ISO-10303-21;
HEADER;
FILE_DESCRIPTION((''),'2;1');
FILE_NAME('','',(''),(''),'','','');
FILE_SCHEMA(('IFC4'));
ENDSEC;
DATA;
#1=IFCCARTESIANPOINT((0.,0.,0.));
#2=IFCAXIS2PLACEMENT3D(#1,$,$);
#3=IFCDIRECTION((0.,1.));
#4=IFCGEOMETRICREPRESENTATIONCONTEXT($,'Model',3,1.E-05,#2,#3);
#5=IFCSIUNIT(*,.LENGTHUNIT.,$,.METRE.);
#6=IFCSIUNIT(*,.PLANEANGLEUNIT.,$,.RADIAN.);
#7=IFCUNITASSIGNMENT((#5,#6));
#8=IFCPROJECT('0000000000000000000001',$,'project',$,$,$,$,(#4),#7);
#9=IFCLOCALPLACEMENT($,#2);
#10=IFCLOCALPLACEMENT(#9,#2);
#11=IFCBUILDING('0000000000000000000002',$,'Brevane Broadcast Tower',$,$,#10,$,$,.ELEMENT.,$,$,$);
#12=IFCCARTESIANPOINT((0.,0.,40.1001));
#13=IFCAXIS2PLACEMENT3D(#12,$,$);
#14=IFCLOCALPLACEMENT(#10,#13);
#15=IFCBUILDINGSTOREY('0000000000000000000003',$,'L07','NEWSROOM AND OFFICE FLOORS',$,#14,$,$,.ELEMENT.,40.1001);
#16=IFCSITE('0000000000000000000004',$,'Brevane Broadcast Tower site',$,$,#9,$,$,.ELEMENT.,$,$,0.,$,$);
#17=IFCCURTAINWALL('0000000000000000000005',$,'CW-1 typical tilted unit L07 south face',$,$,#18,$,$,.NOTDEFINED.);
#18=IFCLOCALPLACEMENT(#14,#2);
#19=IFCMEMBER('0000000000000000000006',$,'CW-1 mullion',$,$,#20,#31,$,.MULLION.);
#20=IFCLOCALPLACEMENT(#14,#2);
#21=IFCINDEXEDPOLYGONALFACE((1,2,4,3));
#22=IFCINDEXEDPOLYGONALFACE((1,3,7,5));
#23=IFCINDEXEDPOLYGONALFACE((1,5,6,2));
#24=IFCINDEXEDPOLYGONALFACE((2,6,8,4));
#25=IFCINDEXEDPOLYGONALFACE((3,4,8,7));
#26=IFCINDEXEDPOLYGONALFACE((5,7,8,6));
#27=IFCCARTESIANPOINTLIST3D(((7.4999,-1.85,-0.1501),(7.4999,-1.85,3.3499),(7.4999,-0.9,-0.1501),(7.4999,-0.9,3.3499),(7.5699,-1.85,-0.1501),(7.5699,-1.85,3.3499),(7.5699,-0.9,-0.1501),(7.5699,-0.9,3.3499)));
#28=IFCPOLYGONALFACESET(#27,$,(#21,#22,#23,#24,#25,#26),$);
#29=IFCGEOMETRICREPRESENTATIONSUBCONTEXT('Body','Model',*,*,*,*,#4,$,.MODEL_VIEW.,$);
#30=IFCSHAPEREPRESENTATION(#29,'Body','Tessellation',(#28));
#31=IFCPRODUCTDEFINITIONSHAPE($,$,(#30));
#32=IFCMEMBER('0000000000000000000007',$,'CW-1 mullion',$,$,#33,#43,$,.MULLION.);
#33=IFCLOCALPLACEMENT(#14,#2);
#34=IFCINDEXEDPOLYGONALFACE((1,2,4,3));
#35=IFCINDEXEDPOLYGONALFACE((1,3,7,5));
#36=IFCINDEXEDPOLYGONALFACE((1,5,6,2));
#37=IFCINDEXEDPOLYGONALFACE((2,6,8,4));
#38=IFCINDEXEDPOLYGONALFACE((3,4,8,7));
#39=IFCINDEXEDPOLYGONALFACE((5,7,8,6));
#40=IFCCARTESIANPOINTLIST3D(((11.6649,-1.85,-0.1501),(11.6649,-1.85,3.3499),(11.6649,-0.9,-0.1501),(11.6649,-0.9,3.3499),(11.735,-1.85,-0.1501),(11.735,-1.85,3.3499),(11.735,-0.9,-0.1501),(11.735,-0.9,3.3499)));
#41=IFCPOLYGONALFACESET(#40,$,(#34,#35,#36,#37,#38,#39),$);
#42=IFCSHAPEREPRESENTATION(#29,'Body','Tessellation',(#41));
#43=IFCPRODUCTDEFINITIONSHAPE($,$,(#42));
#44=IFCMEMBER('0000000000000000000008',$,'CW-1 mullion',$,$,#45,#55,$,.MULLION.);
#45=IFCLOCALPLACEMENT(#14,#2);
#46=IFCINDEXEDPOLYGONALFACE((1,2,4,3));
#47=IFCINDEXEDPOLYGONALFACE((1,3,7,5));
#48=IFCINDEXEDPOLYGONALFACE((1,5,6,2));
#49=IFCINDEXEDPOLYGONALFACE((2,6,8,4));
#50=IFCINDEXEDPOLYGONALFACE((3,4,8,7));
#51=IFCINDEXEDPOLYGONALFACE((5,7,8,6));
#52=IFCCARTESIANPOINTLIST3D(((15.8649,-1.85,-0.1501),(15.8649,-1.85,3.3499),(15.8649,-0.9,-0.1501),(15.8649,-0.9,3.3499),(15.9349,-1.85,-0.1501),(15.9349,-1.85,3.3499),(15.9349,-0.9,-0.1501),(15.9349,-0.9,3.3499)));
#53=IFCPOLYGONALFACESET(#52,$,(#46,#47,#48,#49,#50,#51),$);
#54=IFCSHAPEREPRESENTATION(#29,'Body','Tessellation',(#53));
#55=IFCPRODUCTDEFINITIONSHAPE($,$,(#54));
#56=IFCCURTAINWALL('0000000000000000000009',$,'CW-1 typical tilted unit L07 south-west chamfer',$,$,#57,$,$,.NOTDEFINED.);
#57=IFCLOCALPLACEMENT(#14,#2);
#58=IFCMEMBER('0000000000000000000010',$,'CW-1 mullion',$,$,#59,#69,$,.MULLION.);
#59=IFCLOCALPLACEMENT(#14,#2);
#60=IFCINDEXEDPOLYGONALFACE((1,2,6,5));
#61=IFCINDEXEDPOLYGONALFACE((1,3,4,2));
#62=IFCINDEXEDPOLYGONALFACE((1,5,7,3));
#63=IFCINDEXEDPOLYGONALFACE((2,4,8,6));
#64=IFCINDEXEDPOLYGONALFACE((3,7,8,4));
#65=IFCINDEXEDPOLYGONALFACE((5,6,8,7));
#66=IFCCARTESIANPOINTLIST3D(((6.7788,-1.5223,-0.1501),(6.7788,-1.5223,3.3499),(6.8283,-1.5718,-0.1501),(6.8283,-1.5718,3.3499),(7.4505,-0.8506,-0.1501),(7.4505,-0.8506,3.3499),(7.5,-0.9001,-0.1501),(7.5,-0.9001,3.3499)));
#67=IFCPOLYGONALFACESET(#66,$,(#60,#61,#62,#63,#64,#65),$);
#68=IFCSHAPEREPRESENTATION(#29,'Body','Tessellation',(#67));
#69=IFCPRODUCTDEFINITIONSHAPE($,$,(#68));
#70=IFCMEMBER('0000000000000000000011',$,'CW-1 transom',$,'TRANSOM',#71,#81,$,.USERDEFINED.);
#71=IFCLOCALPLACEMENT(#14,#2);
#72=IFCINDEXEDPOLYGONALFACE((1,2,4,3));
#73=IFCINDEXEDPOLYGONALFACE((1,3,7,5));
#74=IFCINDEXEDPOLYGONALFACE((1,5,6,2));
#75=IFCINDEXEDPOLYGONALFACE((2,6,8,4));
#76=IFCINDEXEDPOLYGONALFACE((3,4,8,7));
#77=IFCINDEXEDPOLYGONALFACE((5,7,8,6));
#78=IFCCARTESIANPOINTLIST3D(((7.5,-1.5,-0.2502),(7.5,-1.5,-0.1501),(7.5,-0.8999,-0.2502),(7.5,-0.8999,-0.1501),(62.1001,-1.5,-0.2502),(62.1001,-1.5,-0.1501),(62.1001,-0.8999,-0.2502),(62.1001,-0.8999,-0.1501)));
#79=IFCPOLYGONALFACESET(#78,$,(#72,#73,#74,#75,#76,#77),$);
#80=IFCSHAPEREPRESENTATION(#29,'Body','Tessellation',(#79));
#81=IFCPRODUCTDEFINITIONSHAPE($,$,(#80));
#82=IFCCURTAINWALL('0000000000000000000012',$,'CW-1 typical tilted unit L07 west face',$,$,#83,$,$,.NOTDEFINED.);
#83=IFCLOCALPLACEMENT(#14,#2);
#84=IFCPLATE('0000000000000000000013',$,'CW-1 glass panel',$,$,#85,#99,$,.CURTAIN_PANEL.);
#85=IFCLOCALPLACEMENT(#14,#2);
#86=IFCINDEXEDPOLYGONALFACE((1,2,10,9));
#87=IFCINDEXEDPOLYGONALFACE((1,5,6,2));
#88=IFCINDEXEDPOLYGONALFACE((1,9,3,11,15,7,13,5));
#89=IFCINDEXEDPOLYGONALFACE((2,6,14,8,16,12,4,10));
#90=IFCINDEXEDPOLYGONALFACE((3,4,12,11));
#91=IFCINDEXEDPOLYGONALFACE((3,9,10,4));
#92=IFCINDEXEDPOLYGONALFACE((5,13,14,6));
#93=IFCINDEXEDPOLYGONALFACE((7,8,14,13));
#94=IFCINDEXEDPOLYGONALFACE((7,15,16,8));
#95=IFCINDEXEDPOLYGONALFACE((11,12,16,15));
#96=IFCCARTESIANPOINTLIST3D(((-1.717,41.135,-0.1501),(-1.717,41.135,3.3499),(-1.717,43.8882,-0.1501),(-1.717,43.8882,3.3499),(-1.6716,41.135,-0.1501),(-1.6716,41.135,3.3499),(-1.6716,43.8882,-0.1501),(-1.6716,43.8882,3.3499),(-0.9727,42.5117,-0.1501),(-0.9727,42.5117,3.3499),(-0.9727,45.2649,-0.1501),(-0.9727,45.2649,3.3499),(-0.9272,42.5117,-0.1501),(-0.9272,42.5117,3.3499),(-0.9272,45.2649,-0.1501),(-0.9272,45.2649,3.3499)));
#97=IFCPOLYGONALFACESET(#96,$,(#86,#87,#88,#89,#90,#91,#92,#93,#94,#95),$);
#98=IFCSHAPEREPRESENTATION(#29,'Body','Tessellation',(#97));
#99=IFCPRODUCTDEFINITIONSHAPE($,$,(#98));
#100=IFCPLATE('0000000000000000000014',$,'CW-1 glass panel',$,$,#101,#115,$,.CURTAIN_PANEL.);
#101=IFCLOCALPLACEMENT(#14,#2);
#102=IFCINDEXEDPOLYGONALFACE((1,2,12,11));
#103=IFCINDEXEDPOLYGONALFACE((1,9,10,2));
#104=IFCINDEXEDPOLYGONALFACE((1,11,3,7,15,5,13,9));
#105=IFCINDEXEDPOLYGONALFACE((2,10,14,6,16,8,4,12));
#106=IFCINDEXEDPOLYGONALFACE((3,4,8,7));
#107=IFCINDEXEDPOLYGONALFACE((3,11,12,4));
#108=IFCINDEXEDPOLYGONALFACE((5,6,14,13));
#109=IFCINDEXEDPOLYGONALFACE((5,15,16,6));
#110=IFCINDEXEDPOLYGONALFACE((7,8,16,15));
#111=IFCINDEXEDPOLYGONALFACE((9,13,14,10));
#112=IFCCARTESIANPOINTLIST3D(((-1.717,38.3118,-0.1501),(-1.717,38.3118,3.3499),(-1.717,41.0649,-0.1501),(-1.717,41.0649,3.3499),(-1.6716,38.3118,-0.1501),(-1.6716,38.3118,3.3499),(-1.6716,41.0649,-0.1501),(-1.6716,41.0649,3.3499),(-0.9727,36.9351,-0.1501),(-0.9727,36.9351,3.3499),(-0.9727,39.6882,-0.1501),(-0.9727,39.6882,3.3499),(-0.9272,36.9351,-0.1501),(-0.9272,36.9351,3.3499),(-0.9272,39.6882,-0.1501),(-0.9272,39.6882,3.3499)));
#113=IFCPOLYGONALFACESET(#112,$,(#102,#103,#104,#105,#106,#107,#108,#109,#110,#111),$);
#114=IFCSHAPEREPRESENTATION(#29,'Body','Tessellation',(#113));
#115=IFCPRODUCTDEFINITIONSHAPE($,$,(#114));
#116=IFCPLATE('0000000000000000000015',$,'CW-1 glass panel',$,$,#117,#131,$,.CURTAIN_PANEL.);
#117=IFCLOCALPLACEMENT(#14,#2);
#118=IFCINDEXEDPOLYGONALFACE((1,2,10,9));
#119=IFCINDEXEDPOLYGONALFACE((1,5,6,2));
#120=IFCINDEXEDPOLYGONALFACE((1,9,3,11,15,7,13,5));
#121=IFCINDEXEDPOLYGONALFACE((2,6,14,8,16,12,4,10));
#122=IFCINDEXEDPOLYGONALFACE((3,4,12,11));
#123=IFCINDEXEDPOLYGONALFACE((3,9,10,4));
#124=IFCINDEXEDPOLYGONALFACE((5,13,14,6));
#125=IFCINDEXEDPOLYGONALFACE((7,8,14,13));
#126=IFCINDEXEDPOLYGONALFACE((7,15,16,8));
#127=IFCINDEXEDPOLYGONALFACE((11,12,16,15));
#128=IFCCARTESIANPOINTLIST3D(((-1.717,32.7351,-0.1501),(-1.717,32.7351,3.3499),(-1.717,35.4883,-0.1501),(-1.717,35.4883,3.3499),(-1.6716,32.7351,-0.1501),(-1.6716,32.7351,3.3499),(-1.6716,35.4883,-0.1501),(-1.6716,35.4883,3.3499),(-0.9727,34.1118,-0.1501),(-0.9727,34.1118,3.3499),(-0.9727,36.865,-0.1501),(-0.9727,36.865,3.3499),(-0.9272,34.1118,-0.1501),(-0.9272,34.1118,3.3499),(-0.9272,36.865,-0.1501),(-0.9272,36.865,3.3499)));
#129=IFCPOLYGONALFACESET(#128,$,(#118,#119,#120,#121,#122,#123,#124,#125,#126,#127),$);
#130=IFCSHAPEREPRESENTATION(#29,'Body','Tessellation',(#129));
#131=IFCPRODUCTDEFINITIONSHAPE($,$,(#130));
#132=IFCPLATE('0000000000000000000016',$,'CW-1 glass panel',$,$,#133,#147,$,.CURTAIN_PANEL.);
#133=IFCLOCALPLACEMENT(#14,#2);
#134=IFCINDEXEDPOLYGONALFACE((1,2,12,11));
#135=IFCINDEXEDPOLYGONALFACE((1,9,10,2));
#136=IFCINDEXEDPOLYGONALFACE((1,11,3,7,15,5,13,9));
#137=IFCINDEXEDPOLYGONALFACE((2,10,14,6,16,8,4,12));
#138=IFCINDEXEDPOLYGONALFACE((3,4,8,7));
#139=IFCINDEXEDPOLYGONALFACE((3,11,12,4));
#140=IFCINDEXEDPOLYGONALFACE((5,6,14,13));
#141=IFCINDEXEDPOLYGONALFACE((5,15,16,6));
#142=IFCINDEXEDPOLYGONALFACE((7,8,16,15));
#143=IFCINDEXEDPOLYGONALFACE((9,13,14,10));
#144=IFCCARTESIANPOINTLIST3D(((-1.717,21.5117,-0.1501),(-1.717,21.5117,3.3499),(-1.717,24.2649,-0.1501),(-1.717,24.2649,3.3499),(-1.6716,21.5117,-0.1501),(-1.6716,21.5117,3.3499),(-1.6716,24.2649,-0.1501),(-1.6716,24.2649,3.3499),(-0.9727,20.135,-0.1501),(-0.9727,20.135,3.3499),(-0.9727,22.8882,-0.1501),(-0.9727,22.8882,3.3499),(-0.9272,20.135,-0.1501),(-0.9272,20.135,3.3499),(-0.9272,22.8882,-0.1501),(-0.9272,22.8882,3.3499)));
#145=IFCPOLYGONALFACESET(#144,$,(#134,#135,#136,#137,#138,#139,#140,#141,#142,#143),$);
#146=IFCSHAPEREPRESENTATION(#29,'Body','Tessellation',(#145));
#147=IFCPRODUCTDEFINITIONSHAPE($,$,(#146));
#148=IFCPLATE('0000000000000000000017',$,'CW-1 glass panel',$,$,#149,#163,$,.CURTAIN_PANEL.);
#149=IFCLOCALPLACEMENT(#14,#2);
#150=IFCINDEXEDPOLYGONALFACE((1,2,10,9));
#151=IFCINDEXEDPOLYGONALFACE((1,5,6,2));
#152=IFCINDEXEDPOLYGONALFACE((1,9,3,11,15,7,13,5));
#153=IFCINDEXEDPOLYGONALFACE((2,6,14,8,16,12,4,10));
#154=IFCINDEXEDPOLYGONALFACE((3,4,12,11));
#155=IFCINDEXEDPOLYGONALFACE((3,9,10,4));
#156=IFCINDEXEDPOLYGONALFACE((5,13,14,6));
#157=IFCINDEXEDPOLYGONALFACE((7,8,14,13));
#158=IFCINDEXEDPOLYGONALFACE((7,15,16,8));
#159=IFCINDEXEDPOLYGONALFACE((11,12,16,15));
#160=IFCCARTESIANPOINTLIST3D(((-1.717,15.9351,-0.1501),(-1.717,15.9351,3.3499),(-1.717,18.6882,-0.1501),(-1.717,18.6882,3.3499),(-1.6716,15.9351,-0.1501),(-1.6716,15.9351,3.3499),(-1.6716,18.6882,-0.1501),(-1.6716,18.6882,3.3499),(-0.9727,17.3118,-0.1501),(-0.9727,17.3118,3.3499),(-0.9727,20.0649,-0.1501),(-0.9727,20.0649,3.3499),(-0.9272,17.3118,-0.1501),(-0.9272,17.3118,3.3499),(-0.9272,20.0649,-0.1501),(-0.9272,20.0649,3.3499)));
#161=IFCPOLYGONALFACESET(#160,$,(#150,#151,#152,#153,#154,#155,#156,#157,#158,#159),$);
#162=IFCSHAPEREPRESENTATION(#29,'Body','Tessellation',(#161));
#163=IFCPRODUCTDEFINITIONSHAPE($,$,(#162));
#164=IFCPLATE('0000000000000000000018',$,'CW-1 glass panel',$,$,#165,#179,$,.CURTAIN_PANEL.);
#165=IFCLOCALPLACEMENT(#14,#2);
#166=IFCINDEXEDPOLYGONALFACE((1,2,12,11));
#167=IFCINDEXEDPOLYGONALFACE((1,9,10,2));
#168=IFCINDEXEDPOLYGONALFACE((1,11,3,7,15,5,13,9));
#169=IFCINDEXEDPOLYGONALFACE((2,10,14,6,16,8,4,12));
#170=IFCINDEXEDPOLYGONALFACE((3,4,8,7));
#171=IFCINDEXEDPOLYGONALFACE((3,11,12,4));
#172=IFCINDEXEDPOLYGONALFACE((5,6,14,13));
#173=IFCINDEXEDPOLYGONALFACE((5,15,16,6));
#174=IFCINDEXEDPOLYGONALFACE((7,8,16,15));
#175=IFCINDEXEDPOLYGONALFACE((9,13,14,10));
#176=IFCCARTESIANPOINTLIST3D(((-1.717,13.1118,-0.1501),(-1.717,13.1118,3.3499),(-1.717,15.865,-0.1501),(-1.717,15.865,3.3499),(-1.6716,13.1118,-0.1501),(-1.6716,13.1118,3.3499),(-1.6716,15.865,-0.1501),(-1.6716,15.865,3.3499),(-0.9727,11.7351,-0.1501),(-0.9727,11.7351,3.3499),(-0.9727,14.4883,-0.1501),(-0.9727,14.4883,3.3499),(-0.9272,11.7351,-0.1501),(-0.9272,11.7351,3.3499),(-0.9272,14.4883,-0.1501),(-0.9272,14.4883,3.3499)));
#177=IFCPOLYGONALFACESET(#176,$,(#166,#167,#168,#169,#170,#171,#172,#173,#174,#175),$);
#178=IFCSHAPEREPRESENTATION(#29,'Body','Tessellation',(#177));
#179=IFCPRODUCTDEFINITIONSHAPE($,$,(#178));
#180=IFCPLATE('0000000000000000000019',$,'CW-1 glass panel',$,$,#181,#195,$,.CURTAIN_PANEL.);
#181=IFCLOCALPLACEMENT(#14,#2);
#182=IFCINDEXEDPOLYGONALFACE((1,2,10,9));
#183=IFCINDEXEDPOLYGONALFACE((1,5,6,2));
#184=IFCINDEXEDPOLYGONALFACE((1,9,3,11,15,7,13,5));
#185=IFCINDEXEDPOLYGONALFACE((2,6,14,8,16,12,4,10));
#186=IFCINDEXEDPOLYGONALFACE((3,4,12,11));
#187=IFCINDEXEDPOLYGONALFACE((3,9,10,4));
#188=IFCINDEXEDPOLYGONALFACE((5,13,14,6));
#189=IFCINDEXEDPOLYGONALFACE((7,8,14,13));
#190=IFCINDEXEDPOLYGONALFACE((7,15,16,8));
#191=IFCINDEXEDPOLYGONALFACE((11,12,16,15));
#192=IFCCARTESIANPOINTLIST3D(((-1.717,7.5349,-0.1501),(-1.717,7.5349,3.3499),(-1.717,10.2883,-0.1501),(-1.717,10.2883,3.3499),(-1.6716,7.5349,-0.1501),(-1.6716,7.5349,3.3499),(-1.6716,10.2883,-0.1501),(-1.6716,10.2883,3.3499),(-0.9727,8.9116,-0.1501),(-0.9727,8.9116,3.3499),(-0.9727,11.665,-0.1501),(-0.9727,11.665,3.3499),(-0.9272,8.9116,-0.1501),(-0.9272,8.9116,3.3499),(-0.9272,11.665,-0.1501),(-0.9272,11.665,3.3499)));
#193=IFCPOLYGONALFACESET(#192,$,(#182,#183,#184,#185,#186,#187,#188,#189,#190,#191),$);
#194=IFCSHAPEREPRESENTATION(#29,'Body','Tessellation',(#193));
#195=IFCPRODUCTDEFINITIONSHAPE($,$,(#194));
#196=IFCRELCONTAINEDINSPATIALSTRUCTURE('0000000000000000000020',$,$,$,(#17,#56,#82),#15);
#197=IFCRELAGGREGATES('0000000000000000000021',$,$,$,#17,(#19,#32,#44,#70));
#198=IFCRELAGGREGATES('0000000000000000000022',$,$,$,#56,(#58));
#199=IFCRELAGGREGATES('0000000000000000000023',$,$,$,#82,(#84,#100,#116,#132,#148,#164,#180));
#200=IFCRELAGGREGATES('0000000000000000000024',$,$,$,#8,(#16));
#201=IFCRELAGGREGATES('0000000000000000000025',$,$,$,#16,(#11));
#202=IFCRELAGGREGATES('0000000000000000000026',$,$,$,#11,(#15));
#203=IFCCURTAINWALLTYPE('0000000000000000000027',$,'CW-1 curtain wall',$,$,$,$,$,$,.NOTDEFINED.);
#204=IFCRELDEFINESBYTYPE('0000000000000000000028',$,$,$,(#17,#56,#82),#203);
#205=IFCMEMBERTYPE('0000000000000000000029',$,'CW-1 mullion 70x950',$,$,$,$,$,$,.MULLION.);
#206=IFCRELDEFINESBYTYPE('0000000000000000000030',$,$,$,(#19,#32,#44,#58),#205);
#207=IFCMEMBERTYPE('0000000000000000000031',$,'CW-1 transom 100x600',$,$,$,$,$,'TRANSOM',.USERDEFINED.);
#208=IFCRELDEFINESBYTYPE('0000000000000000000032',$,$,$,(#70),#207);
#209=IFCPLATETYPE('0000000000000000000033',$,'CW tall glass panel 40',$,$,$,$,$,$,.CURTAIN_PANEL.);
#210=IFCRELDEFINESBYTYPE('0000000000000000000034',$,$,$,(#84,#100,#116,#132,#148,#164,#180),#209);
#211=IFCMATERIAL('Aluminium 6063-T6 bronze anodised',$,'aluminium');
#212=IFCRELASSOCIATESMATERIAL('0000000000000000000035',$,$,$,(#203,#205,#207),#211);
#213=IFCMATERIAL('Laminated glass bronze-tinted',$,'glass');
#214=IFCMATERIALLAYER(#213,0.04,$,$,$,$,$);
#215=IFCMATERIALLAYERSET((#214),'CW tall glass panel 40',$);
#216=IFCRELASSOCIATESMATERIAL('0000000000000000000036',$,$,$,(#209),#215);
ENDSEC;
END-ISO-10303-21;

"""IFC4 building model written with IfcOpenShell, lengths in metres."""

from ifc_helpers import new_model, si_unit, direction, frame, origin, origin_2d, place, context, subcontext, project, spatial, polyline, rectangle, outline, extrude, material, layer, layer_set, material_profile, profile_set, type_object, element, aggregate, save


model = new_model("IFC4")

# Units and contexts
model_context = context("Model", 3, precision=1e-05, world=origin(), true_north=direction((0.0, 1.0)))
body_context = subcontext(model_context, "Body", "Model", "MODEL_VIEW")
ifc_project = project(units=[si_unit("LENGTHUNIT", "METRE"), si_unit("PLANEANGLEUNIT", "RADIAN")], contexts=[model_context])

# Site, building, storey
site_placement = place(None, origin())
site = spatial("IfcSite", under=ifc_project, at=site_placement, Name="Brevane Broadcast Tower site", CompositionType="ELEMENT", RefElevation=0.0)
building_placement = place(site_placement, origin())
building = spatial("IfcBuilding", under=site, at=building_placement, Name="Brevane Broadcast Tower", CompositionType="ELEMENT")
storey_placement = place(building_placement, frame((0.0, 0.0, 40.1001)))
storey = spatial("IfcBuildingStorey", under=building, at=storey_placement, Name="L07", Description="NEWSROOM AND OFFICE FLOORS", CompositionType="ELEMENT", Elevation=40.1001)

# Curtain wall, members
ifc_material_1 = material(Name="Aluminium 6063-T6 bronze anodised", Category="aluminium")
curtain_wall_type = type_object("IfcCurtainWallType", Name="CW-1 curtain wall", PredefinedType="NOTDEFINED", material=ifc_material_1)
curtain_wall_1_placement = place(storey_placement, origin())
curtain_wall_1 = element("IfcCurtainWall", 1, at=curtain_wall_1_placement, inside=storey, type_object=curtain_wall_type, Name="CW-1 typical tilted unit L07 south face", PredefinedType="NOTDEFINED")
ifc_material_profile_1 = material_profile(ifc_material_1, rectangle(XDim=0.95, YDim=0.0701, at=origin_2d()), Name="RECT 70x950")
ifc_profile_set_1 = profile_set([ifc_material_profile_1], Name="Aluminium 6063-T6 bronze anodised")
member_type_1 = type_object("IfcMemberType", Name="CW-1 mullion 70x950", PredefinedType="MULLION", material=ifc_profile_set_1)
member_1_placement = place(storey_placement, frame((7.5349, -1.375, -0.1501), z_axis=(0.0, 0.0, 1.0), x_axis=(0.0, 1.0, 0.0)))
member_1 = element("IfcMember", 2, at=member_1_placement, type_object=member_type_1, Name="CW-1 mullion", PredefinedType="MULLION", context=body_context, shape_type="SweptSolid", body=[
    extrude(rectangle(XDim=0.95, YDim=0.0701, at=origin_2d()), origin(), (0.0, 0.0, 1.0), 3.5),
])
member_2_placement = place(storey_placement, frame((11.7, -1.375, -0.1501), z_axis=(0.0, 0.0, 1.0), x_axis=(0.0, 1.0, 0.0)))
member_2 = element("IfcMember", 3, at=member_2_placement, type_object=member_type_1, Name="CW-1 mullion", PredefinedType="MULLION", context=body_context, shape_type="SweptSolid", body=[
    extrude(rectangle(XDim=0.95, YDim=0.0701, at=origin_2d()), origin(), (0.0, 0.0, 1.0), 3.5),
])
member_3_placement = place(storey_placement, frame((15.8999, -1.375, -0.1501), z_axis=(0.0, 0.0, 1.0), x_axis=(0.0, 1.0, 0.0)))
member_3 = element("IfcMember", 4, at=member_3_placement, type_object=member_type_1, Name="CW-1 mullion", PredefinedType="MULLION", context=body_context, shape_type="SweptSolid", body=[
    extrude(rectangle(XDim=0.95, YDim=0.0701, at=origin_2d()), origin(), (0.0, 0.0, 1.0), 3.5),
])

# Curtain wall, member
curtain_wall_2_placement = place(storey_placement, origin())
curtain_wall_2 = element("IfcCurtainWall", 5, at=curtain_wall_2_placement, inside=storey, type_object=curtain_wall_type, Name="CW-1 typical tilted unit L07 south-west chamfer", PredefinedType="NOTDEFINED")
member_4_placement = place(storey_placement, frame((7.1394, -1.2112, -0.1501), z_axis=(0.0, 0.0, 1.0), x_axis=(0.707107, 0.707107, 0.0)))
member_4 = element("IfcMember", 6, at=member_4_placement, type_object=member_type_1, Name="CW-1 mullion", PredefinedType="MULLION", context=body_context, shape_type="SweptSolid", body=[
    extrude(rectangle(XDim=0.95, YDim=0.0701, at=origin_2d()), origin(), (0.0, 0.0, 1.0), 3.5),
])

# Member
ifc_material_profile_2 = material_profile(ifc_material_1, rectangle(XDim=0.6001, YDim=0.1001, at=origin_2d()), Name="RECT 100x600")
ifc_profile_set_2 = profile_set([ifc_material_profile_2], Name="Aluminium 6063-T6 bronze anodised")
member_type_2 = type_object("IfcMemberType", Name="CW-1 transom 100x600", ElementType="TRANSOM", PredefinedType="USERDEFINED", material=ifc_profile_set_2)
member_5_placement = place(storey_placement, frame((7.5, -1.2, -0.2002), z_axis=(1.0, 0.0, 0.0), x_axis=(0.0, 1.0, 0.0)))
member_5 = element("IfcMember", 7, at=member_5_placement, type_object=member_type_2, Name="CW-1 transom", ObjectType="TRANSOM", PredefinedType="USERDEFINED", context=body_context, shape_type="SweptSolid", body=[
    extrude(rectangle(XDim=0.6001, YDim=0.1001, at=origin_2d()), origin(), (0.0, 0.0, 1.0), 54.6001),
])
aggregate(curtain_wall_1, [member_1, member_2, member_3, member_5])

# Curtain wall, plates
curtain_wall_3_placement = place(storey_placement, origin())
curtain_wall_3 = element("IfcCurtainWall", 8, at=curtain_wall_3_placement, inside=storey, type_object=curtain_wall_type, Name="CW-1 typical tilted unit L07 west face", PredefinedType="NOTDEFINED")
ifc_material_2 = material(Name="Laminated glass bronze-tinted", Category="glass")
ifc_layer_1 = layer(ifc_material_2, 0.04)
ifc_layer_set_1 = layer_set([ifc_layer_1], Name="CW tall glass panel 40")
plate_type = type_object("IfcPlateType", Name="CW tall glass panel 40", PredefinedType="CURTAIN_PANEL", material=ifc_layer_set_1)
plate_1_placement = place(storey_placement, frame((0.0, 0.0, -0.1501)))
plate_1 = element("IfcPlate", 9, at=plate_1_placement, type_object=plate_type, Name="CW-1 glass panel", PredefinedType="CURTAIN_PANEL", context=body_context, shape_type="SweptSolid", body=[
    extrude(outline(polyline([(-0.9272, 45.2649), (-0.9727, 45.2649), (-1.717, 43.8882), (-0.9727, 42.5117), (-1.717, 41.135), (-1.6716, 41.135), (-0.9272, 42.5117), (-1.6716, 43.8882), (-0.9272, 45.2649)])), origin(), (0.0, 0.0, 1.0), 3.5),
])
plate_2_placement = place(storey_placement, frame((0.0, 0.0, -0.1501)))
plate_2 = element("IfcPlate", 10, at=plate_2_placement, type_object=plate_type, Name="CW-1 glass panel", PredefinedType="CURTAIN_PANEL", context=body_context, shape_type="SweptSolid", body=[
    extrude(outline(polyline([(-1.6716, 41.0649), (-1.717, 41.0649), (-0.9727, 39.6882), (-1.717, 38.3118), (-0.9727, 36.9351), (-0.9272, 36.9351), (-1.6716, 38.3118), (-0.9272, 39.6882), (-1.6716, 41.0649)])), origin(), (0.0, 0.0, 1.0), 3.5),
])
plate_3_placement = place(storey_placement, frame((0.0, 0.0, -0.1501)))
plate_3 = element("IfcPlate", 11, at=plate_3_placement, type_object=plate_type, Name="CW-1 glass panel", PredefinedType="CURTAIN_PANEL", context=body_context, shape_type="SweptSolid", body=[
    extrude(outline(polyline([(-0.9272, 36.865), (-0.9727, 36.865), (-1.717, 35.4883), (-0.9727, 34.1118), (-1.717, 32.7351), (-1.6716, 32.7351), (-0.9272, 34.1118), (-1.6716, 35.4883), (-0.9272, 36.865)])), origin(), (0.0, 0.0, 1.0), 3.5),
])
plate_4_placement = place(storey_placement, frame((0.0, 0.0, -0.1501)))
plate_4 = element("IfcPlate", 12, at=plate_4_placement, type_object=plate_type, Name="CW-1 glass panel", PredefinedType="CURTAIN_PANEL", context=body_context, shape_type="SweptSolid", body=[
    extrude(outline(polyline([(-1.6716, 24.2649), (-1.717, 24.2649), (-0.9727, 22.8882), (-1.717, 21.5117), (-0.9727, 20.135), (-0.9272, 20.135), (-1.6716, 21.5117), (-0.9272, 22.8882), (-1.6716, 24.2649)])), origin(), (0.0, 0.0, 1.0), 3.5),
])
plate_5_placement = place(storey_placement, frame((0.0, 0.0, -0.1501)))
plate_5 = element("IfcPlate", 13, at=plate_5_placement, type_object=plate_type, Name="CW-1 glass panel", PredefinedType="CURTAIN_PANEL", context=body_context, shape_type="SweptSolid", body=[
    extrude(outline(polyline([(-0.9272, 20.0649), (-0.9727, 20.0649), (-1.717, 18.6882), (-0.9727, 17.3118), (-1.717, 15.9351), (-1.6716, 15.9351), (-0.9272, 17.3118), (-1.6716, 18.6882), (-0.9272, 20.0649)])), origin(), (0.0, 0.0, 1.0), 3.5),
])
plate_6_placement = place(storey_placement, frame((0.0, 0.0, -0.1501)))
plate_6 = element("IfcPlate", 14, at=plate_6_placement, type_object=plate_type, Name="CW-1 glass panel", PredefinedType="CURTAIN_PANEL", context=body_context, shape_type="SweptSolid", body=[
    extrude(outline(polyline([(-1.6716, 15.865), (-1.717, 15.865), (-0.9727, 14.4883), (-1.717, 13.1118), (-0.9727, 11.7351), (-0.9272, 11.7351), (-1.6716, 13.1118), (-0.9272, 14.4883), (-1.6716, 15.865)])), origin(), (0.0, 0.0, 1.0), 3.5),
])
plate_7_placement = place(storey_placement, frame((0.0, 0.0, -0.1501)))
plate_7 = element("IfcPlate", 15, at=plate_7_placement, type_object=plate_type, Name="CW-1 glass panel", PredefinedType="CURTAIN_PANEL", context=body_context, shape_type="SweptSolid", body=[
    extrude(outline(polyline([(-0.9272, 11.665), (-0.9727, 11.665), (-1.717, 10.2883), (-0.9727, 8.9116), (-1.717, 7.5349), (-1.6716, 7.5349), (-0.9272, 8.9116), (-1.6716, 10.2883), (-0.9272, 11.665)])), origin(), (0.0, 0.0, 1.0), 3.5),
])

aggregate(curtain_wall_2, [member_4])

aggregate(curtain_wall_3, [plate_1, plate_2, plate_3, plate_4, plate_5, plate_6, plate_7])

save(model, "model.ifc")
